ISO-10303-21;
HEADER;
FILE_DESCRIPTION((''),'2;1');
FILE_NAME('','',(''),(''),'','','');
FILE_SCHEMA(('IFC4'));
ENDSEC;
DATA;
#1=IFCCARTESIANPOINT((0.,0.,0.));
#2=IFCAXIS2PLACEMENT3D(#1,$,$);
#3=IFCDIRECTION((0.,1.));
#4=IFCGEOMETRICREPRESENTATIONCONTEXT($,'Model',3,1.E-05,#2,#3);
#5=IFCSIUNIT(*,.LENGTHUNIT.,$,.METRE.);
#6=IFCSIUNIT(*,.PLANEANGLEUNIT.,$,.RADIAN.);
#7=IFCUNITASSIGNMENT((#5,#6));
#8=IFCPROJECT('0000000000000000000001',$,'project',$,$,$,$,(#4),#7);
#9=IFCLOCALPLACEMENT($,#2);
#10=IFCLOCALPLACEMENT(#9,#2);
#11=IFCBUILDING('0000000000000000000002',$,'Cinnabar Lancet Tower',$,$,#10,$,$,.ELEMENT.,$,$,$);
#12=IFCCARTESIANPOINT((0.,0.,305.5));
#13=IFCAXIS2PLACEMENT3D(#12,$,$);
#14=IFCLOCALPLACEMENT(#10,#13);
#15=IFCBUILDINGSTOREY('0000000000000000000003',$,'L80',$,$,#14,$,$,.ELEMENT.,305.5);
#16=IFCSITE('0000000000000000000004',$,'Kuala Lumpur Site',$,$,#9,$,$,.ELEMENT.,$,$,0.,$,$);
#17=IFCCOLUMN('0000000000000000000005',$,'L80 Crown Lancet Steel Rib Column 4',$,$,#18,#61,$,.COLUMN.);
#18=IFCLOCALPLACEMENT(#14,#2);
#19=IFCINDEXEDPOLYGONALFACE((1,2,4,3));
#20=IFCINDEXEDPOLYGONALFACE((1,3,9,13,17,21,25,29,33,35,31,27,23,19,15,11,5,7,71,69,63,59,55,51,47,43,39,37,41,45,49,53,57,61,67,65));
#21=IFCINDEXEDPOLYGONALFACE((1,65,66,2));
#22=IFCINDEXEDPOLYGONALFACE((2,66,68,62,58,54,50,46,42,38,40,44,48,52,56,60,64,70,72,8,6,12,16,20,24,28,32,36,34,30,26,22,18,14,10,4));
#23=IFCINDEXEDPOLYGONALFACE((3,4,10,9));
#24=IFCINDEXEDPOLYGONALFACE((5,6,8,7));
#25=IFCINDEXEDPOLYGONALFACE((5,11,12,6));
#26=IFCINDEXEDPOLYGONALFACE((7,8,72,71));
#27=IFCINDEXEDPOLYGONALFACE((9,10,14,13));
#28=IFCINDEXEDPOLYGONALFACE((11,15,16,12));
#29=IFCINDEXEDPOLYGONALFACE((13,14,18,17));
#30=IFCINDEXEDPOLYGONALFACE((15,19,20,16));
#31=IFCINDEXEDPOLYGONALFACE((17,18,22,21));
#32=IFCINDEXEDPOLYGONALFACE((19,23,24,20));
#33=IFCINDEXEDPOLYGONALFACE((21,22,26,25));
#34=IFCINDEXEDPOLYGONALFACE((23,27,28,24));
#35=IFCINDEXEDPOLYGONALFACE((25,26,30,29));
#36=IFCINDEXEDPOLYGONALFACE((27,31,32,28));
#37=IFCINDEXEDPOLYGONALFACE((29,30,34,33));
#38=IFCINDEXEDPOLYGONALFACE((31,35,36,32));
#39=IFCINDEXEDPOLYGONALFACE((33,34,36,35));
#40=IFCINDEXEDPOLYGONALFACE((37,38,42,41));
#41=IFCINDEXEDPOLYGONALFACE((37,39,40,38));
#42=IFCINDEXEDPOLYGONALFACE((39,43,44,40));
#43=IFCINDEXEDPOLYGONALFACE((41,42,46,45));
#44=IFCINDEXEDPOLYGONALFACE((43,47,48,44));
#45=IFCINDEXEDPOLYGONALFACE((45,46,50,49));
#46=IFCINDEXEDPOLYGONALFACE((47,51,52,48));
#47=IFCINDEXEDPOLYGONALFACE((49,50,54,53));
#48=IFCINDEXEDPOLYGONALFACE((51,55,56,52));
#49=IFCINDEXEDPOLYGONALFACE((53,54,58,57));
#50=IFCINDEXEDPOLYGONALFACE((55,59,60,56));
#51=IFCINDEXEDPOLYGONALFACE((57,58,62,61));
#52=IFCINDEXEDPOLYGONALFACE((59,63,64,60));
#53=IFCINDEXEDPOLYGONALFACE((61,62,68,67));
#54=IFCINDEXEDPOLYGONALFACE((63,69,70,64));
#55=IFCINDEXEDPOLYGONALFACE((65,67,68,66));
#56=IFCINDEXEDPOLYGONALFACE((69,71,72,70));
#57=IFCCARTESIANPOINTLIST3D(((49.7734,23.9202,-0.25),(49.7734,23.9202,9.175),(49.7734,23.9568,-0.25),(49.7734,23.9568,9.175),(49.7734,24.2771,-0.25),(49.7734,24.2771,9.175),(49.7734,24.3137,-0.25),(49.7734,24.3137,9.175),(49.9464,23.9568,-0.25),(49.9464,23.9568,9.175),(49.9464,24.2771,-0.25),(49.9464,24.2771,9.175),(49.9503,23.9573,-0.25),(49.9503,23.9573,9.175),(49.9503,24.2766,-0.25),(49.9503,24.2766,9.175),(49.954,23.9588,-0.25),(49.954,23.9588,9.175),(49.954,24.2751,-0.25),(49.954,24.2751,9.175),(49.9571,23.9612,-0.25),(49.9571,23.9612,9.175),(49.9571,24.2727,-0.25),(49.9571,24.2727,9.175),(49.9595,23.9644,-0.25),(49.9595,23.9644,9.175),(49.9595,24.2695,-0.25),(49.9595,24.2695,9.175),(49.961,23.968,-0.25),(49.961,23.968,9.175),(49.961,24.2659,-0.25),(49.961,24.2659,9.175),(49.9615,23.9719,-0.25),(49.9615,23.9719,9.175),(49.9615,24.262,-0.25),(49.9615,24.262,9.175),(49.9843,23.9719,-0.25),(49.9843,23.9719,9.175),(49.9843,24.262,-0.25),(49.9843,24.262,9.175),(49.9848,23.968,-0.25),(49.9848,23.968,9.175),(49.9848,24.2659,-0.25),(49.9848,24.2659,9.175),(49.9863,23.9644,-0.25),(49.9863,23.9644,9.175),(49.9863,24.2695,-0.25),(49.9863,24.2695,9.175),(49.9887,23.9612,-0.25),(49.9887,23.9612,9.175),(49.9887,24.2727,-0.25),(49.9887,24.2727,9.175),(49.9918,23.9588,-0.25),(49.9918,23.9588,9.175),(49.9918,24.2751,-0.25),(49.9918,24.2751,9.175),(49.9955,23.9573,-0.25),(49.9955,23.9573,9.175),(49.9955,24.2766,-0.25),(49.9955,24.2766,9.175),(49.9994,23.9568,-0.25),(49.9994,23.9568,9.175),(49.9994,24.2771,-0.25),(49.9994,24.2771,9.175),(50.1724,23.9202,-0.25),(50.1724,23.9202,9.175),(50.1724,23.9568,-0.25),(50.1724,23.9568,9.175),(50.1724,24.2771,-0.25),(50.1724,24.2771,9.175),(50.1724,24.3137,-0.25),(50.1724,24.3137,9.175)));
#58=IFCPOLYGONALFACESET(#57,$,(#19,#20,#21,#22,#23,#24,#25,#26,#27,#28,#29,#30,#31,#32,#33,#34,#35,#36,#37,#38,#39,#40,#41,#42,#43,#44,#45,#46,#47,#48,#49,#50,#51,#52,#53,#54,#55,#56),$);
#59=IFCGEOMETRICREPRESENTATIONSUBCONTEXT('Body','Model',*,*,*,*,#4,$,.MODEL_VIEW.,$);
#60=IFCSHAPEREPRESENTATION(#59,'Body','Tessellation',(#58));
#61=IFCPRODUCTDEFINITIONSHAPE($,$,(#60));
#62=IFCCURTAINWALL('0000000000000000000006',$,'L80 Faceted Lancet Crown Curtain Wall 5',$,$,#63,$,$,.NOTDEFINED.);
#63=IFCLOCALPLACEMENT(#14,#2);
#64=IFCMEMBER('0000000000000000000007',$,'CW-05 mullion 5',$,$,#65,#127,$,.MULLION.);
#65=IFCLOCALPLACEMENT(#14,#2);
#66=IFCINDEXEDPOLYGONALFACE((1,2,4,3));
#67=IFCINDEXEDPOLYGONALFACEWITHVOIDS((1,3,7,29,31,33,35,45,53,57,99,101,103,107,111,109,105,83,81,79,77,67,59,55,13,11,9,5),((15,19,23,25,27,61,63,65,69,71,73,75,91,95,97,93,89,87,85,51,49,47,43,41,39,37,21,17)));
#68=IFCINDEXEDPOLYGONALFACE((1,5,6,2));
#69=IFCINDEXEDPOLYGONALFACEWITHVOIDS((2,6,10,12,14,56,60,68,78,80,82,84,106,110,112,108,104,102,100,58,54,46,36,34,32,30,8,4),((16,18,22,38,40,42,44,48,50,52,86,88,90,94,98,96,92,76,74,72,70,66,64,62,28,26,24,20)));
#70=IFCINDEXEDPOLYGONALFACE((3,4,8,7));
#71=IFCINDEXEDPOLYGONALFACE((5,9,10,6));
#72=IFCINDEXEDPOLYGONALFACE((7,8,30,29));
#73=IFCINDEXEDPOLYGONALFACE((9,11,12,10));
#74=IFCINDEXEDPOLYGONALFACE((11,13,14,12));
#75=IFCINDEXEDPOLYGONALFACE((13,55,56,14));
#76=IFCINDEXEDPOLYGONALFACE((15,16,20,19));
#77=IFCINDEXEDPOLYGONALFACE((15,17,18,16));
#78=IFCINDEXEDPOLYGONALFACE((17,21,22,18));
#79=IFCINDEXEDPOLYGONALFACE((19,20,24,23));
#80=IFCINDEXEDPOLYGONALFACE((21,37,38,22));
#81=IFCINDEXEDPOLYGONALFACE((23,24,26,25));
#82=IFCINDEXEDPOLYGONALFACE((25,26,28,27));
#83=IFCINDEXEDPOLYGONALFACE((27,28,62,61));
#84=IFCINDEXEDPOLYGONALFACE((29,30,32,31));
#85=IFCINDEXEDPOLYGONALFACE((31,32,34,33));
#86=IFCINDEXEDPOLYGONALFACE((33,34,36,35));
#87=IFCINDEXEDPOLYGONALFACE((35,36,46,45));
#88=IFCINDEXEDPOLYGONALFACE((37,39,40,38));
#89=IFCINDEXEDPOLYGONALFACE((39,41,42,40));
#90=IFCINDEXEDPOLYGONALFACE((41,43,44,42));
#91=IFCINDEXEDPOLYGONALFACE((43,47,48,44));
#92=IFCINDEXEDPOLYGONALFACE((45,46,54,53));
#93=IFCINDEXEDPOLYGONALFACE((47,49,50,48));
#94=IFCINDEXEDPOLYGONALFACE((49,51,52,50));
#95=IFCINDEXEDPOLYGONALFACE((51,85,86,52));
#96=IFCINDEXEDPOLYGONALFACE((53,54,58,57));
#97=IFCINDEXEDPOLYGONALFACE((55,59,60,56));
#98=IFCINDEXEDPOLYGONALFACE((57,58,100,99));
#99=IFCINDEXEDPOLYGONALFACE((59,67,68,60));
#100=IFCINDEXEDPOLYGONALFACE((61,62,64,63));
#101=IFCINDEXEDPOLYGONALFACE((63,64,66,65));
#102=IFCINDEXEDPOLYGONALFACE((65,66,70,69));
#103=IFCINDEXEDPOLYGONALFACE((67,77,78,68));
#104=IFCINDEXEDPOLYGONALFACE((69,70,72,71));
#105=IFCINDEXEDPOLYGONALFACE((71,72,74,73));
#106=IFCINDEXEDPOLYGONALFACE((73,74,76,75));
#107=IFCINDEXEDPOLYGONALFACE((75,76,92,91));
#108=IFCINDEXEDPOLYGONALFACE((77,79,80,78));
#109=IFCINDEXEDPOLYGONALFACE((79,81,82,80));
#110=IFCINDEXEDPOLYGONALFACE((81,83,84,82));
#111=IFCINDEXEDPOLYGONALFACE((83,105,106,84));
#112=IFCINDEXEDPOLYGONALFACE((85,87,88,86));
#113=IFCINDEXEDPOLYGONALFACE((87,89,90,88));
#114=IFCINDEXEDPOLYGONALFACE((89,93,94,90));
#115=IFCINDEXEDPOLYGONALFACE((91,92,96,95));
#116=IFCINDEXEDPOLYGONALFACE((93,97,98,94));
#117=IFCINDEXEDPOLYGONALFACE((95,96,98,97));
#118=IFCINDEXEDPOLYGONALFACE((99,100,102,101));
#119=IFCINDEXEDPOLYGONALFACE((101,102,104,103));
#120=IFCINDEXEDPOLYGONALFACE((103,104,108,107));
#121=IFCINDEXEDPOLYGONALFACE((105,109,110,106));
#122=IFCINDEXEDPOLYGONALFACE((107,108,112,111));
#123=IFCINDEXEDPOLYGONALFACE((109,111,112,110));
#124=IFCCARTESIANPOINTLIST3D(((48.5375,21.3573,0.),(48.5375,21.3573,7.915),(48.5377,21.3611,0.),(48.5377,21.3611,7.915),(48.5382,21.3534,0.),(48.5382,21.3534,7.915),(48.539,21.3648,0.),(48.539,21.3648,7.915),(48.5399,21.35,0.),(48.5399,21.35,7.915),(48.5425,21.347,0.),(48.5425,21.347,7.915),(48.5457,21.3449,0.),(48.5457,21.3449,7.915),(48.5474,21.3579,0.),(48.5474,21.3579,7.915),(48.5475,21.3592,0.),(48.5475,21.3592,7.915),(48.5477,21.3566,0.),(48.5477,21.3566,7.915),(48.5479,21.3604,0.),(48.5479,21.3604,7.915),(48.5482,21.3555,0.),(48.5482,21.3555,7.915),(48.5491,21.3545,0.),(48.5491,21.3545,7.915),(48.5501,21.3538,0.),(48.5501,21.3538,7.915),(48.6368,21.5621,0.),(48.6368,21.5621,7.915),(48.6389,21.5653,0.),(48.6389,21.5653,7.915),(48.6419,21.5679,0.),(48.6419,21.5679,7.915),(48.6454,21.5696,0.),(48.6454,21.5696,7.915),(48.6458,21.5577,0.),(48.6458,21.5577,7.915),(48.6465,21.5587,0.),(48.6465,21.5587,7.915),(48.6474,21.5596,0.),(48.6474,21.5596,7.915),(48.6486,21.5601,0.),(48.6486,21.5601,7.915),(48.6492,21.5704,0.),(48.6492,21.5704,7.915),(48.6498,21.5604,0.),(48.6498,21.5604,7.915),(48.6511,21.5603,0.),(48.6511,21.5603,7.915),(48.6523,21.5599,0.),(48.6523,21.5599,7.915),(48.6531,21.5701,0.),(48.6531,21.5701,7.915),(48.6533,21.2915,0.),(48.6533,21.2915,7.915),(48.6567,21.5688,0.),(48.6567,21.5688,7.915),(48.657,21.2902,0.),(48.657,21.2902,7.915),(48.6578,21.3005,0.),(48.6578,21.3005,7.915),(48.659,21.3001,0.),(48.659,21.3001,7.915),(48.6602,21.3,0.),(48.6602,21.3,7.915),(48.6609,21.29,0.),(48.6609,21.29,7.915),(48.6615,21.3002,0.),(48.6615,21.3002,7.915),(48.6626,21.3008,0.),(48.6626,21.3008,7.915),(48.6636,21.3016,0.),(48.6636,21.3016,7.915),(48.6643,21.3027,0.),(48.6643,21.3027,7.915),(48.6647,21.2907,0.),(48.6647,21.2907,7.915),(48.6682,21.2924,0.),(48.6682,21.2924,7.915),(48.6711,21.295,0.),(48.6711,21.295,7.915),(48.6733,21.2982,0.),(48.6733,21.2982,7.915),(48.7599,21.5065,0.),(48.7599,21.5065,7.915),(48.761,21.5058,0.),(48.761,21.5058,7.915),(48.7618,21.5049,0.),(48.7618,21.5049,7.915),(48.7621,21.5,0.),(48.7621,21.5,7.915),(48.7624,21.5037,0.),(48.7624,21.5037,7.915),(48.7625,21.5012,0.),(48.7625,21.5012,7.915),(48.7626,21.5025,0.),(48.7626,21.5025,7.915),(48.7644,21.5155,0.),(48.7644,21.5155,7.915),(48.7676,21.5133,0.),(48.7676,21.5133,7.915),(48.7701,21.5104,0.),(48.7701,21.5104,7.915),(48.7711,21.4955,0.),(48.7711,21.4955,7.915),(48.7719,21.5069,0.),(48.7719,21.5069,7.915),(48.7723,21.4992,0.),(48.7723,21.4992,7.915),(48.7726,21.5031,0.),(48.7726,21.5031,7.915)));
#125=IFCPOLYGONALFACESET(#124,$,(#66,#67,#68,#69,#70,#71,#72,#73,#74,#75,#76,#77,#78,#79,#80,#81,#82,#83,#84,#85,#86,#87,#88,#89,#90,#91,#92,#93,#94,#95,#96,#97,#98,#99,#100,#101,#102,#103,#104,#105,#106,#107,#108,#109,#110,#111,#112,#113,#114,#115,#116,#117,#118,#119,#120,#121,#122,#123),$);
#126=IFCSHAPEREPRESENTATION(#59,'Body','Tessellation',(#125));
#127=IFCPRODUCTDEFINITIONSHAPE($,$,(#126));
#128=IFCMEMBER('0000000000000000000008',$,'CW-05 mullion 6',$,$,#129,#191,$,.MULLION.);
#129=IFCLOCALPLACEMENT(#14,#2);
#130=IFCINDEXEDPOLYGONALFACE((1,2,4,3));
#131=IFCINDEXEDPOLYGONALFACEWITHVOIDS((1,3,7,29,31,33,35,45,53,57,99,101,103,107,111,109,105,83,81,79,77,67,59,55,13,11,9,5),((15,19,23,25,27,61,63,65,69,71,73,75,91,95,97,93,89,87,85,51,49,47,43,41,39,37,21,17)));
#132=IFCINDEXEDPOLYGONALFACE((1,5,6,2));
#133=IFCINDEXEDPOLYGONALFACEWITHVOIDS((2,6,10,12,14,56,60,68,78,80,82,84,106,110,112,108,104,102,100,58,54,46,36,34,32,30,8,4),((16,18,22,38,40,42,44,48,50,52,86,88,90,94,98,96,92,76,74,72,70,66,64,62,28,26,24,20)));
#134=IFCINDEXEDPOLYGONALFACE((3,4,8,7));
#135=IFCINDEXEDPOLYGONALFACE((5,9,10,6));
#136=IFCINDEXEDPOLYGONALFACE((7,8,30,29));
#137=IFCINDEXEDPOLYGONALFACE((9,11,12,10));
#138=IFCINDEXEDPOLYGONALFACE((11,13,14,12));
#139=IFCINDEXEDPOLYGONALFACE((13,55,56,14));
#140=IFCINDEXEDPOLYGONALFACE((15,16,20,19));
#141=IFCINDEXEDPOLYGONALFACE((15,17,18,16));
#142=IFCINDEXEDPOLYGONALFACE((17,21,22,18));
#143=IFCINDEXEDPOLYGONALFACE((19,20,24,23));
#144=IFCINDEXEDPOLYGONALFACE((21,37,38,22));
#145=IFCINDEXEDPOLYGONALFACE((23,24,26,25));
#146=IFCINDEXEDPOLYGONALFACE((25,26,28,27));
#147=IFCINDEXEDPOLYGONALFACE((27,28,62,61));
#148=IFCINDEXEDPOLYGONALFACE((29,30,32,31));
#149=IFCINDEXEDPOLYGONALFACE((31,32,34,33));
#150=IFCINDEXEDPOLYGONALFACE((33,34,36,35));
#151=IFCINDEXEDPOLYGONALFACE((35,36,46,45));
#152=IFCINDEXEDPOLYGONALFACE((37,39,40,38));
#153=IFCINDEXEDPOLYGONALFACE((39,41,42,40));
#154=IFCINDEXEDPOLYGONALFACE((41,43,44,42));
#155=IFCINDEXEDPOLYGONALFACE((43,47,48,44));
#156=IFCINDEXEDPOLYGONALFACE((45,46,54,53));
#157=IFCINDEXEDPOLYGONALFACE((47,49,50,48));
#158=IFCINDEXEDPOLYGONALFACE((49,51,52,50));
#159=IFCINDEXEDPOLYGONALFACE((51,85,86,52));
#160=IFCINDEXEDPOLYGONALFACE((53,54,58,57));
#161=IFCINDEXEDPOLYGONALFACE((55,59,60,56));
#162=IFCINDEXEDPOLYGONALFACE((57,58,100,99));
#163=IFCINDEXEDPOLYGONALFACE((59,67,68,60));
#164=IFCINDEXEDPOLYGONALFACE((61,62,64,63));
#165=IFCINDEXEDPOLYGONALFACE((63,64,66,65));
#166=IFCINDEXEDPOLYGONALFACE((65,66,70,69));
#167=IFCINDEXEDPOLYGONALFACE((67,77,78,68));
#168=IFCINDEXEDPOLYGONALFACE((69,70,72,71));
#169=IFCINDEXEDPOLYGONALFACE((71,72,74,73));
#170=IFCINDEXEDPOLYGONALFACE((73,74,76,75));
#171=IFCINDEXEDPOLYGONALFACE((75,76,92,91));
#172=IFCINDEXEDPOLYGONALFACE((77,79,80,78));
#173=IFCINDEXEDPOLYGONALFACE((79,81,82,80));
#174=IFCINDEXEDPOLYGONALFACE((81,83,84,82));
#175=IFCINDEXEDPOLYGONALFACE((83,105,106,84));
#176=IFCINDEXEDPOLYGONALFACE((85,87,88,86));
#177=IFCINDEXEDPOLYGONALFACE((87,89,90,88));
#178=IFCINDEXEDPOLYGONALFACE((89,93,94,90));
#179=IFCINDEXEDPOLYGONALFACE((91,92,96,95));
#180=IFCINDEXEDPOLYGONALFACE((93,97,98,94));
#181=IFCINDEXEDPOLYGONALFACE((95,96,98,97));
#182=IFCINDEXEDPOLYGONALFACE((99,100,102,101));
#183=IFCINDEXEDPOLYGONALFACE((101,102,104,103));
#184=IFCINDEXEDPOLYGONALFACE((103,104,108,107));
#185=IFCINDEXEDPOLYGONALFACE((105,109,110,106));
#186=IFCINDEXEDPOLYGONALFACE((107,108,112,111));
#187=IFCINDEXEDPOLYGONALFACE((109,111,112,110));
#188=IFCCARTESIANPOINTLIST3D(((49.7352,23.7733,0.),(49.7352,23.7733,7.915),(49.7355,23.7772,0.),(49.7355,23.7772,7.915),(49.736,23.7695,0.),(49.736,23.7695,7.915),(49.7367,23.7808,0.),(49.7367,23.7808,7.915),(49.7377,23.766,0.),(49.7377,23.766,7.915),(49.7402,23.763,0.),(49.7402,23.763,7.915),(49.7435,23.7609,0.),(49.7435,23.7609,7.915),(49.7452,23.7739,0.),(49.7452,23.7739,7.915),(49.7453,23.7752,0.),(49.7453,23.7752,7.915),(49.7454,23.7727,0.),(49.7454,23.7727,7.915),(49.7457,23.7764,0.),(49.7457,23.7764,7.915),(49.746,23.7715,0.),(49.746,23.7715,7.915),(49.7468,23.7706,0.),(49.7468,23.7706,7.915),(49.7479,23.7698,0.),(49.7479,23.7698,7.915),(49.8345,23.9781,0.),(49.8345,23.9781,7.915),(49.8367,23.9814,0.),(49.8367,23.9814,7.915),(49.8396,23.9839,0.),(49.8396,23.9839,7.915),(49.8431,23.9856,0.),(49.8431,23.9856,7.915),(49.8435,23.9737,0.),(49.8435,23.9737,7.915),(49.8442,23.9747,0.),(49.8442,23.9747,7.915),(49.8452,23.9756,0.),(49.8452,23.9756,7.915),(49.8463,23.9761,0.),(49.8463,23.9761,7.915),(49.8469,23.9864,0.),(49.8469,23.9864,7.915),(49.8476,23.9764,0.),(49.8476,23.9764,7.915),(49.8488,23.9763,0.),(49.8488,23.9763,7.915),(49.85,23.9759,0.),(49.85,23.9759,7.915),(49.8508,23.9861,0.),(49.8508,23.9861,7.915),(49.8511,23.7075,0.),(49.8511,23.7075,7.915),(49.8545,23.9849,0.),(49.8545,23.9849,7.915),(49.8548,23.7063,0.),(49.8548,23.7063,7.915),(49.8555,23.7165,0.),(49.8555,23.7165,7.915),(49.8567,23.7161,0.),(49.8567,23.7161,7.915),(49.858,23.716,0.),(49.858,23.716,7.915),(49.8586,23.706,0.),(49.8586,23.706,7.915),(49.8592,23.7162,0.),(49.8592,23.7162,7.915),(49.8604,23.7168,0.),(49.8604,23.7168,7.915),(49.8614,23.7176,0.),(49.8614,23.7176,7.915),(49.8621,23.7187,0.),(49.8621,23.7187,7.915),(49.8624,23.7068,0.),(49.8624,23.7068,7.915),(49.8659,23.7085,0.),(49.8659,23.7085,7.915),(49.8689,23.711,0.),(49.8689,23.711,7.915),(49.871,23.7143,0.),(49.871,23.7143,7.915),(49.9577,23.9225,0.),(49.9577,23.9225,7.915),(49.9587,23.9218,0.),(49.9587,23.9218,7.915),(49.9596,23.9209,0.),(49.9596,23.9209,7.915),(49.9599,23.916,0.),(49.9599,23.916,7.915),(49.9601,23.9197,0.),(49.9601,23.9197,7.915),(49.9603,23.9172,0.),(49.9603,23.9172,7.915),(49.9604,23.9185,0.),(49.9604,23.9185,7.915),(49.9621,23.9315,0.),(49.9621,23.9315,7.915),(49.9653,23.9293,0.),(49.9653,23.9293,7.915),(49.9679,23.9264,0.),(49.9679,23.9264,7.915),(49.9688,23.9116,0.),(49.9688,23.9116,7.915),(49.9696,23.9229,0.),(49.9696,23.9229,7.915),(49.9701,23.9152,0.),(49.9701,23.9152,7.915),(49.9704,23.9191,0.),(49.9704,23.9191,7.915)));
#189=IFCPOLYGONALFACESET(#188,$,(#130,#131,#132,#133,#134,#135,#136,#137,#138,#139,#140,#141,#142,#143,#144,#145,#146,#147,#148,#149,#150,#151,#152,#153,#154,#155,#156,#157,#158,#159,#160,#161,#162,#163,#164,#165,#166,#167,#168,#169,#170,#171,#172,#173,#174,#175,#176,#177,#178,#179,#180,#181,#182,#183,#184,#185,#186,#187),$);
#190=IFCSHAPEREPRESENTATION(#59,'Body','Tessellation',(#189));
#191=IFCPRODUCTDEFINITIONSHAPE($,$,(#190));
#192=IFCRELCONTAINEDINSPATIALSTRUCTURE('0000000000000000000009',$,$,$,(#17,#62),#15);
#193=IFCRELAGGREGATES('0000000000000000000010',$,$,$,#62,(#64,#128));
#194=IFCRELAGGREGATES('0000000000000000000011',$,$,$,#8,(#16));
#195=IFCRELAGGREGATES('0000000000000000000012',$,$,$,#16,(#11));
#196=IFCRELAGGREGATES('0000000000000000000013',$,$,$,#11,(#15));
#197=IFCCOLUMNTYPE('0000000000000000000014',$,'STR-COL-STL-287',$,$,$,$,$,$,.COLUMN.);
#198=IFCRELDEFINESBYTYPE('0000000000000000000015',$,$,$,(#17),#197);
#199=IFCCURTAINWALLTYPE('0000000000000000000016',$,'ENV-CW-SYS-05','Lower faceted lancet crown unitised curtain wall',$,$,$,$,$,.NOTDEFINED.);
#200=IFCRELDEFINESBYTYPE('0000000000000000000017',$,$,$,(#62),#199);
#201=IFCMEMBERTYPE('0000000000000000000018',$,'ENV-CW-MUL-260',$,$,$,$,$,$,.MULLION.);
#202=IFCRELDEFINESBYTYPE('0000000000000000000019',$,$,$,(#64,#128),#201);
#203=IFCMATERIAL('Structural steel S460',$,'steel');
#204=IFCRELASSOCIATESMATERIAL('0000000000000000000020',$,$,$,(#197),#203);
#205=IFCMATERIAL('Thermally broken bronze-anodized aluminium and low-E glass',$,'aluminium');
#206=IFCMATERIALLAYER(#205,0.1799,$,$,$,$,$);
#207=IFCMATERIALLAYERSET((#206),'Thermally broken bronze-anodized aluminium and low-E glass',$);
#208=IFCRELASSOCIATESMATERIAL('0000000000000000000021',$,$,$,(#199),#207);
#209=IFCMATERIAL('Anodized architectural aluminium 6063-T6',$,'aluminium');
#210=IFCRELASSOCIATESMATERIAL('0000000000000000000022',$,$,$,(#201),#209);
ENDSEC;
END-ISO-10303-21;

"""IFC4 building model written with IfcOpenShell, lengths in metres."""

from ifc_helpers import new_model, si_unit, direction, frame, origin, origin_2d, place, context, subcontext, project, spatial, hollow_rectangle, i_section, extrude, material, layer, layer_set, material_profile, profile_set, type_object, element, aggregate, save


model = new_model("IFC4")

# Units and contexts
model_context = context("Model", 3, precision=1e-05, world=origin(), true_north=direction((0.0, 1.0)))
body_context = subcontext(model_context, "Body", "Model", "MODEL_VIEW")
ifc_project = project(units=[si_unit("LENGTHUNIT", "METRE"), si_unit("PLANEANGLEUNIT", "RADIAN")], contexts=[model_context])

# Site, building, storey
site_placement = place(None, origin())
site = spatial("IfcSite", under=ifc_project, at=site_placement, Name="Kuala Lumpur Site", CompositionType="ELEMENT", RefElevation=0.0)
building_placement = place(site_placement, origin())
building = spatial("IfcBuilding", under=site, at=building_placement, Name="Cinnabar Lancet Tower", CompositionType="ELEMENT")
storey_placement = place(building_placement, frame((0.0, 0.0, 305.5)))
storey = spatial("IfcBuildingStorey", under=building, at=storey_placement, Name="L80", CompositionType="ELEMENT", Elevation=305.5)

# Column
ifc_material_1 = material(Name="Structural steel S460", Category="steel")
ifc_material_profile_1 = material_profile(ifc_material_1, i_section(OverallWidth=0.3989, OverallDepth=0.3936, WebThickness=0.0227, FlangeThickness=0.0366, FilletRadius=0.0151, at=origin_2d()), Name="UKC 356x406x287")
ifc_profile_set_1 = profile_set([ifc_material_profile_1], Name="Structural steel S460")
column_type = type_object("IfcColumnType", Name="STR-COL-STL-287", PredefinedType="COLUMN", material=ifc_profile_set_1)
column_placement = place(storey_placement, frame((49.9729, 24.1169, -0.25), z_axis=(0.0, 0.0, 1.0), x_axis=(1.0, 0.0, 0.0)))
element("IfcColumn", 1, at=column_placement, inside=storey, type_object=column_type, Name="L80 Crown Lancet Steel Rib Column 4", PredefinedType="COLUMN", context=body_context, shape_type="SweptSolid", body=[
    extrude(i_section(OverallWidth=0.3989, OverallDepth=0.3936, WebThickness=0.0227, FlangeThickness=0.0366, FilletRadius=0.0151, at=origin_2d()), origin(), (0.0, 0.0, 1.0), 9.425),
])

# Curtain wall, members
ifc_material_2 = material(Name="Thermally broken bronze-anodized aluminium and low-E glass", Category="aluminium")
ifc_layer_1 = layer(ifc_material_2, 0.1799)
ifc_layer_set_1 = layer_set([ifc_layer_1], Name="Thermally broken bronze-anodized aluminium and low-E glass")
curtain_wall_type = type_object("IfcCurtainWallType", Name="ENV-CW-SYS-05", Description="Lower faceted lancet crown unitised curtain wall", PredefinedType="NOTDEFINED", material=ifc_layer_set_1)
curtain_wall_1_placement = place(storey_placement, origin())
curtain_wall_1 = element("IfcCurtainWall", 2, at=curtain_wall_1_placement, inside=storey, type_object=curtain_wall_type, Name="L80 Faceted Lancet Crown Curtain Wall 5", PredefinedType="NOTDEFINED")
ifc_material_3 = material(Name="Anodized architectural aluminium 6063-T6", Category="aluminium")
ifc_material_profile_2 = material_profile(ifc_material_3, hollow_rectangle(XDim=0.1499, YDim=0.25, WallThickness=0.01, InnerFilletRadius=0.0049, OuterFilletRadius=0.0149, at=origin_2d()), Name="RHS 250x150x10")
ifc_profile_set_2 = profile_set([ifc_material_profile_2], Name="Anodized architectural aluminium 6063-T6")
member_type_1 = type_object("IfcMemberType", Name="ENV-CW-MUL-260", PredefinedType="MULLION", material=ifc_profile_set_2)
member_1_placement = place(storey_placement, frame((48.655, 21.4302, 0.0), z_axis=(0.0, 0.0, 1.0), x_axis=(-0.895948, 0.444159, 0.0)))
member_1 = element("IfcMember", 3, at=member_1_placement, type_object=member_type_1, Name="CW-05 mullion 5", PredefinedType="MULLION", context=body_context, shape_type="SweptSolid", body=[
    extrude(hollow_rectangle(XDim=0.1499, YDim=0.25, WallThickness=0.01, InnerFilletRadius=0.0049, OuterFilletRadius=0.0149, at=origin_2d()), origin(), (0.0, 0.0, 1.0), 7.915),
])
member_2_placement = place(storey_placement, frame((49.8528, 23.8462, 0.0), z_axis=(0.0, 0.0, 1.0), x_axis=(-0.895948, 0.444159, 0.0)))
member_2 = element("IfcMember", 4, at=member_2_placement, type_object=member_type_1, Name="CW-05 mullion 6", PredefinedType="MULLION", context=body_context, shape_type="SweptSolid", body=[
    extrude(hollow_rectangle(XDim=0.1499, YDim=0.25, WallThickness=0.01, InnerFilletRadius=0.0049, OuterFilletRadius=0.0149, at=origin_2d()), origin(), (0.0, 0.0, 1.0), 7.915),
])

aggregate(curtain_wall_1, [member_1, member_2])

save(model, "model.ifc")
